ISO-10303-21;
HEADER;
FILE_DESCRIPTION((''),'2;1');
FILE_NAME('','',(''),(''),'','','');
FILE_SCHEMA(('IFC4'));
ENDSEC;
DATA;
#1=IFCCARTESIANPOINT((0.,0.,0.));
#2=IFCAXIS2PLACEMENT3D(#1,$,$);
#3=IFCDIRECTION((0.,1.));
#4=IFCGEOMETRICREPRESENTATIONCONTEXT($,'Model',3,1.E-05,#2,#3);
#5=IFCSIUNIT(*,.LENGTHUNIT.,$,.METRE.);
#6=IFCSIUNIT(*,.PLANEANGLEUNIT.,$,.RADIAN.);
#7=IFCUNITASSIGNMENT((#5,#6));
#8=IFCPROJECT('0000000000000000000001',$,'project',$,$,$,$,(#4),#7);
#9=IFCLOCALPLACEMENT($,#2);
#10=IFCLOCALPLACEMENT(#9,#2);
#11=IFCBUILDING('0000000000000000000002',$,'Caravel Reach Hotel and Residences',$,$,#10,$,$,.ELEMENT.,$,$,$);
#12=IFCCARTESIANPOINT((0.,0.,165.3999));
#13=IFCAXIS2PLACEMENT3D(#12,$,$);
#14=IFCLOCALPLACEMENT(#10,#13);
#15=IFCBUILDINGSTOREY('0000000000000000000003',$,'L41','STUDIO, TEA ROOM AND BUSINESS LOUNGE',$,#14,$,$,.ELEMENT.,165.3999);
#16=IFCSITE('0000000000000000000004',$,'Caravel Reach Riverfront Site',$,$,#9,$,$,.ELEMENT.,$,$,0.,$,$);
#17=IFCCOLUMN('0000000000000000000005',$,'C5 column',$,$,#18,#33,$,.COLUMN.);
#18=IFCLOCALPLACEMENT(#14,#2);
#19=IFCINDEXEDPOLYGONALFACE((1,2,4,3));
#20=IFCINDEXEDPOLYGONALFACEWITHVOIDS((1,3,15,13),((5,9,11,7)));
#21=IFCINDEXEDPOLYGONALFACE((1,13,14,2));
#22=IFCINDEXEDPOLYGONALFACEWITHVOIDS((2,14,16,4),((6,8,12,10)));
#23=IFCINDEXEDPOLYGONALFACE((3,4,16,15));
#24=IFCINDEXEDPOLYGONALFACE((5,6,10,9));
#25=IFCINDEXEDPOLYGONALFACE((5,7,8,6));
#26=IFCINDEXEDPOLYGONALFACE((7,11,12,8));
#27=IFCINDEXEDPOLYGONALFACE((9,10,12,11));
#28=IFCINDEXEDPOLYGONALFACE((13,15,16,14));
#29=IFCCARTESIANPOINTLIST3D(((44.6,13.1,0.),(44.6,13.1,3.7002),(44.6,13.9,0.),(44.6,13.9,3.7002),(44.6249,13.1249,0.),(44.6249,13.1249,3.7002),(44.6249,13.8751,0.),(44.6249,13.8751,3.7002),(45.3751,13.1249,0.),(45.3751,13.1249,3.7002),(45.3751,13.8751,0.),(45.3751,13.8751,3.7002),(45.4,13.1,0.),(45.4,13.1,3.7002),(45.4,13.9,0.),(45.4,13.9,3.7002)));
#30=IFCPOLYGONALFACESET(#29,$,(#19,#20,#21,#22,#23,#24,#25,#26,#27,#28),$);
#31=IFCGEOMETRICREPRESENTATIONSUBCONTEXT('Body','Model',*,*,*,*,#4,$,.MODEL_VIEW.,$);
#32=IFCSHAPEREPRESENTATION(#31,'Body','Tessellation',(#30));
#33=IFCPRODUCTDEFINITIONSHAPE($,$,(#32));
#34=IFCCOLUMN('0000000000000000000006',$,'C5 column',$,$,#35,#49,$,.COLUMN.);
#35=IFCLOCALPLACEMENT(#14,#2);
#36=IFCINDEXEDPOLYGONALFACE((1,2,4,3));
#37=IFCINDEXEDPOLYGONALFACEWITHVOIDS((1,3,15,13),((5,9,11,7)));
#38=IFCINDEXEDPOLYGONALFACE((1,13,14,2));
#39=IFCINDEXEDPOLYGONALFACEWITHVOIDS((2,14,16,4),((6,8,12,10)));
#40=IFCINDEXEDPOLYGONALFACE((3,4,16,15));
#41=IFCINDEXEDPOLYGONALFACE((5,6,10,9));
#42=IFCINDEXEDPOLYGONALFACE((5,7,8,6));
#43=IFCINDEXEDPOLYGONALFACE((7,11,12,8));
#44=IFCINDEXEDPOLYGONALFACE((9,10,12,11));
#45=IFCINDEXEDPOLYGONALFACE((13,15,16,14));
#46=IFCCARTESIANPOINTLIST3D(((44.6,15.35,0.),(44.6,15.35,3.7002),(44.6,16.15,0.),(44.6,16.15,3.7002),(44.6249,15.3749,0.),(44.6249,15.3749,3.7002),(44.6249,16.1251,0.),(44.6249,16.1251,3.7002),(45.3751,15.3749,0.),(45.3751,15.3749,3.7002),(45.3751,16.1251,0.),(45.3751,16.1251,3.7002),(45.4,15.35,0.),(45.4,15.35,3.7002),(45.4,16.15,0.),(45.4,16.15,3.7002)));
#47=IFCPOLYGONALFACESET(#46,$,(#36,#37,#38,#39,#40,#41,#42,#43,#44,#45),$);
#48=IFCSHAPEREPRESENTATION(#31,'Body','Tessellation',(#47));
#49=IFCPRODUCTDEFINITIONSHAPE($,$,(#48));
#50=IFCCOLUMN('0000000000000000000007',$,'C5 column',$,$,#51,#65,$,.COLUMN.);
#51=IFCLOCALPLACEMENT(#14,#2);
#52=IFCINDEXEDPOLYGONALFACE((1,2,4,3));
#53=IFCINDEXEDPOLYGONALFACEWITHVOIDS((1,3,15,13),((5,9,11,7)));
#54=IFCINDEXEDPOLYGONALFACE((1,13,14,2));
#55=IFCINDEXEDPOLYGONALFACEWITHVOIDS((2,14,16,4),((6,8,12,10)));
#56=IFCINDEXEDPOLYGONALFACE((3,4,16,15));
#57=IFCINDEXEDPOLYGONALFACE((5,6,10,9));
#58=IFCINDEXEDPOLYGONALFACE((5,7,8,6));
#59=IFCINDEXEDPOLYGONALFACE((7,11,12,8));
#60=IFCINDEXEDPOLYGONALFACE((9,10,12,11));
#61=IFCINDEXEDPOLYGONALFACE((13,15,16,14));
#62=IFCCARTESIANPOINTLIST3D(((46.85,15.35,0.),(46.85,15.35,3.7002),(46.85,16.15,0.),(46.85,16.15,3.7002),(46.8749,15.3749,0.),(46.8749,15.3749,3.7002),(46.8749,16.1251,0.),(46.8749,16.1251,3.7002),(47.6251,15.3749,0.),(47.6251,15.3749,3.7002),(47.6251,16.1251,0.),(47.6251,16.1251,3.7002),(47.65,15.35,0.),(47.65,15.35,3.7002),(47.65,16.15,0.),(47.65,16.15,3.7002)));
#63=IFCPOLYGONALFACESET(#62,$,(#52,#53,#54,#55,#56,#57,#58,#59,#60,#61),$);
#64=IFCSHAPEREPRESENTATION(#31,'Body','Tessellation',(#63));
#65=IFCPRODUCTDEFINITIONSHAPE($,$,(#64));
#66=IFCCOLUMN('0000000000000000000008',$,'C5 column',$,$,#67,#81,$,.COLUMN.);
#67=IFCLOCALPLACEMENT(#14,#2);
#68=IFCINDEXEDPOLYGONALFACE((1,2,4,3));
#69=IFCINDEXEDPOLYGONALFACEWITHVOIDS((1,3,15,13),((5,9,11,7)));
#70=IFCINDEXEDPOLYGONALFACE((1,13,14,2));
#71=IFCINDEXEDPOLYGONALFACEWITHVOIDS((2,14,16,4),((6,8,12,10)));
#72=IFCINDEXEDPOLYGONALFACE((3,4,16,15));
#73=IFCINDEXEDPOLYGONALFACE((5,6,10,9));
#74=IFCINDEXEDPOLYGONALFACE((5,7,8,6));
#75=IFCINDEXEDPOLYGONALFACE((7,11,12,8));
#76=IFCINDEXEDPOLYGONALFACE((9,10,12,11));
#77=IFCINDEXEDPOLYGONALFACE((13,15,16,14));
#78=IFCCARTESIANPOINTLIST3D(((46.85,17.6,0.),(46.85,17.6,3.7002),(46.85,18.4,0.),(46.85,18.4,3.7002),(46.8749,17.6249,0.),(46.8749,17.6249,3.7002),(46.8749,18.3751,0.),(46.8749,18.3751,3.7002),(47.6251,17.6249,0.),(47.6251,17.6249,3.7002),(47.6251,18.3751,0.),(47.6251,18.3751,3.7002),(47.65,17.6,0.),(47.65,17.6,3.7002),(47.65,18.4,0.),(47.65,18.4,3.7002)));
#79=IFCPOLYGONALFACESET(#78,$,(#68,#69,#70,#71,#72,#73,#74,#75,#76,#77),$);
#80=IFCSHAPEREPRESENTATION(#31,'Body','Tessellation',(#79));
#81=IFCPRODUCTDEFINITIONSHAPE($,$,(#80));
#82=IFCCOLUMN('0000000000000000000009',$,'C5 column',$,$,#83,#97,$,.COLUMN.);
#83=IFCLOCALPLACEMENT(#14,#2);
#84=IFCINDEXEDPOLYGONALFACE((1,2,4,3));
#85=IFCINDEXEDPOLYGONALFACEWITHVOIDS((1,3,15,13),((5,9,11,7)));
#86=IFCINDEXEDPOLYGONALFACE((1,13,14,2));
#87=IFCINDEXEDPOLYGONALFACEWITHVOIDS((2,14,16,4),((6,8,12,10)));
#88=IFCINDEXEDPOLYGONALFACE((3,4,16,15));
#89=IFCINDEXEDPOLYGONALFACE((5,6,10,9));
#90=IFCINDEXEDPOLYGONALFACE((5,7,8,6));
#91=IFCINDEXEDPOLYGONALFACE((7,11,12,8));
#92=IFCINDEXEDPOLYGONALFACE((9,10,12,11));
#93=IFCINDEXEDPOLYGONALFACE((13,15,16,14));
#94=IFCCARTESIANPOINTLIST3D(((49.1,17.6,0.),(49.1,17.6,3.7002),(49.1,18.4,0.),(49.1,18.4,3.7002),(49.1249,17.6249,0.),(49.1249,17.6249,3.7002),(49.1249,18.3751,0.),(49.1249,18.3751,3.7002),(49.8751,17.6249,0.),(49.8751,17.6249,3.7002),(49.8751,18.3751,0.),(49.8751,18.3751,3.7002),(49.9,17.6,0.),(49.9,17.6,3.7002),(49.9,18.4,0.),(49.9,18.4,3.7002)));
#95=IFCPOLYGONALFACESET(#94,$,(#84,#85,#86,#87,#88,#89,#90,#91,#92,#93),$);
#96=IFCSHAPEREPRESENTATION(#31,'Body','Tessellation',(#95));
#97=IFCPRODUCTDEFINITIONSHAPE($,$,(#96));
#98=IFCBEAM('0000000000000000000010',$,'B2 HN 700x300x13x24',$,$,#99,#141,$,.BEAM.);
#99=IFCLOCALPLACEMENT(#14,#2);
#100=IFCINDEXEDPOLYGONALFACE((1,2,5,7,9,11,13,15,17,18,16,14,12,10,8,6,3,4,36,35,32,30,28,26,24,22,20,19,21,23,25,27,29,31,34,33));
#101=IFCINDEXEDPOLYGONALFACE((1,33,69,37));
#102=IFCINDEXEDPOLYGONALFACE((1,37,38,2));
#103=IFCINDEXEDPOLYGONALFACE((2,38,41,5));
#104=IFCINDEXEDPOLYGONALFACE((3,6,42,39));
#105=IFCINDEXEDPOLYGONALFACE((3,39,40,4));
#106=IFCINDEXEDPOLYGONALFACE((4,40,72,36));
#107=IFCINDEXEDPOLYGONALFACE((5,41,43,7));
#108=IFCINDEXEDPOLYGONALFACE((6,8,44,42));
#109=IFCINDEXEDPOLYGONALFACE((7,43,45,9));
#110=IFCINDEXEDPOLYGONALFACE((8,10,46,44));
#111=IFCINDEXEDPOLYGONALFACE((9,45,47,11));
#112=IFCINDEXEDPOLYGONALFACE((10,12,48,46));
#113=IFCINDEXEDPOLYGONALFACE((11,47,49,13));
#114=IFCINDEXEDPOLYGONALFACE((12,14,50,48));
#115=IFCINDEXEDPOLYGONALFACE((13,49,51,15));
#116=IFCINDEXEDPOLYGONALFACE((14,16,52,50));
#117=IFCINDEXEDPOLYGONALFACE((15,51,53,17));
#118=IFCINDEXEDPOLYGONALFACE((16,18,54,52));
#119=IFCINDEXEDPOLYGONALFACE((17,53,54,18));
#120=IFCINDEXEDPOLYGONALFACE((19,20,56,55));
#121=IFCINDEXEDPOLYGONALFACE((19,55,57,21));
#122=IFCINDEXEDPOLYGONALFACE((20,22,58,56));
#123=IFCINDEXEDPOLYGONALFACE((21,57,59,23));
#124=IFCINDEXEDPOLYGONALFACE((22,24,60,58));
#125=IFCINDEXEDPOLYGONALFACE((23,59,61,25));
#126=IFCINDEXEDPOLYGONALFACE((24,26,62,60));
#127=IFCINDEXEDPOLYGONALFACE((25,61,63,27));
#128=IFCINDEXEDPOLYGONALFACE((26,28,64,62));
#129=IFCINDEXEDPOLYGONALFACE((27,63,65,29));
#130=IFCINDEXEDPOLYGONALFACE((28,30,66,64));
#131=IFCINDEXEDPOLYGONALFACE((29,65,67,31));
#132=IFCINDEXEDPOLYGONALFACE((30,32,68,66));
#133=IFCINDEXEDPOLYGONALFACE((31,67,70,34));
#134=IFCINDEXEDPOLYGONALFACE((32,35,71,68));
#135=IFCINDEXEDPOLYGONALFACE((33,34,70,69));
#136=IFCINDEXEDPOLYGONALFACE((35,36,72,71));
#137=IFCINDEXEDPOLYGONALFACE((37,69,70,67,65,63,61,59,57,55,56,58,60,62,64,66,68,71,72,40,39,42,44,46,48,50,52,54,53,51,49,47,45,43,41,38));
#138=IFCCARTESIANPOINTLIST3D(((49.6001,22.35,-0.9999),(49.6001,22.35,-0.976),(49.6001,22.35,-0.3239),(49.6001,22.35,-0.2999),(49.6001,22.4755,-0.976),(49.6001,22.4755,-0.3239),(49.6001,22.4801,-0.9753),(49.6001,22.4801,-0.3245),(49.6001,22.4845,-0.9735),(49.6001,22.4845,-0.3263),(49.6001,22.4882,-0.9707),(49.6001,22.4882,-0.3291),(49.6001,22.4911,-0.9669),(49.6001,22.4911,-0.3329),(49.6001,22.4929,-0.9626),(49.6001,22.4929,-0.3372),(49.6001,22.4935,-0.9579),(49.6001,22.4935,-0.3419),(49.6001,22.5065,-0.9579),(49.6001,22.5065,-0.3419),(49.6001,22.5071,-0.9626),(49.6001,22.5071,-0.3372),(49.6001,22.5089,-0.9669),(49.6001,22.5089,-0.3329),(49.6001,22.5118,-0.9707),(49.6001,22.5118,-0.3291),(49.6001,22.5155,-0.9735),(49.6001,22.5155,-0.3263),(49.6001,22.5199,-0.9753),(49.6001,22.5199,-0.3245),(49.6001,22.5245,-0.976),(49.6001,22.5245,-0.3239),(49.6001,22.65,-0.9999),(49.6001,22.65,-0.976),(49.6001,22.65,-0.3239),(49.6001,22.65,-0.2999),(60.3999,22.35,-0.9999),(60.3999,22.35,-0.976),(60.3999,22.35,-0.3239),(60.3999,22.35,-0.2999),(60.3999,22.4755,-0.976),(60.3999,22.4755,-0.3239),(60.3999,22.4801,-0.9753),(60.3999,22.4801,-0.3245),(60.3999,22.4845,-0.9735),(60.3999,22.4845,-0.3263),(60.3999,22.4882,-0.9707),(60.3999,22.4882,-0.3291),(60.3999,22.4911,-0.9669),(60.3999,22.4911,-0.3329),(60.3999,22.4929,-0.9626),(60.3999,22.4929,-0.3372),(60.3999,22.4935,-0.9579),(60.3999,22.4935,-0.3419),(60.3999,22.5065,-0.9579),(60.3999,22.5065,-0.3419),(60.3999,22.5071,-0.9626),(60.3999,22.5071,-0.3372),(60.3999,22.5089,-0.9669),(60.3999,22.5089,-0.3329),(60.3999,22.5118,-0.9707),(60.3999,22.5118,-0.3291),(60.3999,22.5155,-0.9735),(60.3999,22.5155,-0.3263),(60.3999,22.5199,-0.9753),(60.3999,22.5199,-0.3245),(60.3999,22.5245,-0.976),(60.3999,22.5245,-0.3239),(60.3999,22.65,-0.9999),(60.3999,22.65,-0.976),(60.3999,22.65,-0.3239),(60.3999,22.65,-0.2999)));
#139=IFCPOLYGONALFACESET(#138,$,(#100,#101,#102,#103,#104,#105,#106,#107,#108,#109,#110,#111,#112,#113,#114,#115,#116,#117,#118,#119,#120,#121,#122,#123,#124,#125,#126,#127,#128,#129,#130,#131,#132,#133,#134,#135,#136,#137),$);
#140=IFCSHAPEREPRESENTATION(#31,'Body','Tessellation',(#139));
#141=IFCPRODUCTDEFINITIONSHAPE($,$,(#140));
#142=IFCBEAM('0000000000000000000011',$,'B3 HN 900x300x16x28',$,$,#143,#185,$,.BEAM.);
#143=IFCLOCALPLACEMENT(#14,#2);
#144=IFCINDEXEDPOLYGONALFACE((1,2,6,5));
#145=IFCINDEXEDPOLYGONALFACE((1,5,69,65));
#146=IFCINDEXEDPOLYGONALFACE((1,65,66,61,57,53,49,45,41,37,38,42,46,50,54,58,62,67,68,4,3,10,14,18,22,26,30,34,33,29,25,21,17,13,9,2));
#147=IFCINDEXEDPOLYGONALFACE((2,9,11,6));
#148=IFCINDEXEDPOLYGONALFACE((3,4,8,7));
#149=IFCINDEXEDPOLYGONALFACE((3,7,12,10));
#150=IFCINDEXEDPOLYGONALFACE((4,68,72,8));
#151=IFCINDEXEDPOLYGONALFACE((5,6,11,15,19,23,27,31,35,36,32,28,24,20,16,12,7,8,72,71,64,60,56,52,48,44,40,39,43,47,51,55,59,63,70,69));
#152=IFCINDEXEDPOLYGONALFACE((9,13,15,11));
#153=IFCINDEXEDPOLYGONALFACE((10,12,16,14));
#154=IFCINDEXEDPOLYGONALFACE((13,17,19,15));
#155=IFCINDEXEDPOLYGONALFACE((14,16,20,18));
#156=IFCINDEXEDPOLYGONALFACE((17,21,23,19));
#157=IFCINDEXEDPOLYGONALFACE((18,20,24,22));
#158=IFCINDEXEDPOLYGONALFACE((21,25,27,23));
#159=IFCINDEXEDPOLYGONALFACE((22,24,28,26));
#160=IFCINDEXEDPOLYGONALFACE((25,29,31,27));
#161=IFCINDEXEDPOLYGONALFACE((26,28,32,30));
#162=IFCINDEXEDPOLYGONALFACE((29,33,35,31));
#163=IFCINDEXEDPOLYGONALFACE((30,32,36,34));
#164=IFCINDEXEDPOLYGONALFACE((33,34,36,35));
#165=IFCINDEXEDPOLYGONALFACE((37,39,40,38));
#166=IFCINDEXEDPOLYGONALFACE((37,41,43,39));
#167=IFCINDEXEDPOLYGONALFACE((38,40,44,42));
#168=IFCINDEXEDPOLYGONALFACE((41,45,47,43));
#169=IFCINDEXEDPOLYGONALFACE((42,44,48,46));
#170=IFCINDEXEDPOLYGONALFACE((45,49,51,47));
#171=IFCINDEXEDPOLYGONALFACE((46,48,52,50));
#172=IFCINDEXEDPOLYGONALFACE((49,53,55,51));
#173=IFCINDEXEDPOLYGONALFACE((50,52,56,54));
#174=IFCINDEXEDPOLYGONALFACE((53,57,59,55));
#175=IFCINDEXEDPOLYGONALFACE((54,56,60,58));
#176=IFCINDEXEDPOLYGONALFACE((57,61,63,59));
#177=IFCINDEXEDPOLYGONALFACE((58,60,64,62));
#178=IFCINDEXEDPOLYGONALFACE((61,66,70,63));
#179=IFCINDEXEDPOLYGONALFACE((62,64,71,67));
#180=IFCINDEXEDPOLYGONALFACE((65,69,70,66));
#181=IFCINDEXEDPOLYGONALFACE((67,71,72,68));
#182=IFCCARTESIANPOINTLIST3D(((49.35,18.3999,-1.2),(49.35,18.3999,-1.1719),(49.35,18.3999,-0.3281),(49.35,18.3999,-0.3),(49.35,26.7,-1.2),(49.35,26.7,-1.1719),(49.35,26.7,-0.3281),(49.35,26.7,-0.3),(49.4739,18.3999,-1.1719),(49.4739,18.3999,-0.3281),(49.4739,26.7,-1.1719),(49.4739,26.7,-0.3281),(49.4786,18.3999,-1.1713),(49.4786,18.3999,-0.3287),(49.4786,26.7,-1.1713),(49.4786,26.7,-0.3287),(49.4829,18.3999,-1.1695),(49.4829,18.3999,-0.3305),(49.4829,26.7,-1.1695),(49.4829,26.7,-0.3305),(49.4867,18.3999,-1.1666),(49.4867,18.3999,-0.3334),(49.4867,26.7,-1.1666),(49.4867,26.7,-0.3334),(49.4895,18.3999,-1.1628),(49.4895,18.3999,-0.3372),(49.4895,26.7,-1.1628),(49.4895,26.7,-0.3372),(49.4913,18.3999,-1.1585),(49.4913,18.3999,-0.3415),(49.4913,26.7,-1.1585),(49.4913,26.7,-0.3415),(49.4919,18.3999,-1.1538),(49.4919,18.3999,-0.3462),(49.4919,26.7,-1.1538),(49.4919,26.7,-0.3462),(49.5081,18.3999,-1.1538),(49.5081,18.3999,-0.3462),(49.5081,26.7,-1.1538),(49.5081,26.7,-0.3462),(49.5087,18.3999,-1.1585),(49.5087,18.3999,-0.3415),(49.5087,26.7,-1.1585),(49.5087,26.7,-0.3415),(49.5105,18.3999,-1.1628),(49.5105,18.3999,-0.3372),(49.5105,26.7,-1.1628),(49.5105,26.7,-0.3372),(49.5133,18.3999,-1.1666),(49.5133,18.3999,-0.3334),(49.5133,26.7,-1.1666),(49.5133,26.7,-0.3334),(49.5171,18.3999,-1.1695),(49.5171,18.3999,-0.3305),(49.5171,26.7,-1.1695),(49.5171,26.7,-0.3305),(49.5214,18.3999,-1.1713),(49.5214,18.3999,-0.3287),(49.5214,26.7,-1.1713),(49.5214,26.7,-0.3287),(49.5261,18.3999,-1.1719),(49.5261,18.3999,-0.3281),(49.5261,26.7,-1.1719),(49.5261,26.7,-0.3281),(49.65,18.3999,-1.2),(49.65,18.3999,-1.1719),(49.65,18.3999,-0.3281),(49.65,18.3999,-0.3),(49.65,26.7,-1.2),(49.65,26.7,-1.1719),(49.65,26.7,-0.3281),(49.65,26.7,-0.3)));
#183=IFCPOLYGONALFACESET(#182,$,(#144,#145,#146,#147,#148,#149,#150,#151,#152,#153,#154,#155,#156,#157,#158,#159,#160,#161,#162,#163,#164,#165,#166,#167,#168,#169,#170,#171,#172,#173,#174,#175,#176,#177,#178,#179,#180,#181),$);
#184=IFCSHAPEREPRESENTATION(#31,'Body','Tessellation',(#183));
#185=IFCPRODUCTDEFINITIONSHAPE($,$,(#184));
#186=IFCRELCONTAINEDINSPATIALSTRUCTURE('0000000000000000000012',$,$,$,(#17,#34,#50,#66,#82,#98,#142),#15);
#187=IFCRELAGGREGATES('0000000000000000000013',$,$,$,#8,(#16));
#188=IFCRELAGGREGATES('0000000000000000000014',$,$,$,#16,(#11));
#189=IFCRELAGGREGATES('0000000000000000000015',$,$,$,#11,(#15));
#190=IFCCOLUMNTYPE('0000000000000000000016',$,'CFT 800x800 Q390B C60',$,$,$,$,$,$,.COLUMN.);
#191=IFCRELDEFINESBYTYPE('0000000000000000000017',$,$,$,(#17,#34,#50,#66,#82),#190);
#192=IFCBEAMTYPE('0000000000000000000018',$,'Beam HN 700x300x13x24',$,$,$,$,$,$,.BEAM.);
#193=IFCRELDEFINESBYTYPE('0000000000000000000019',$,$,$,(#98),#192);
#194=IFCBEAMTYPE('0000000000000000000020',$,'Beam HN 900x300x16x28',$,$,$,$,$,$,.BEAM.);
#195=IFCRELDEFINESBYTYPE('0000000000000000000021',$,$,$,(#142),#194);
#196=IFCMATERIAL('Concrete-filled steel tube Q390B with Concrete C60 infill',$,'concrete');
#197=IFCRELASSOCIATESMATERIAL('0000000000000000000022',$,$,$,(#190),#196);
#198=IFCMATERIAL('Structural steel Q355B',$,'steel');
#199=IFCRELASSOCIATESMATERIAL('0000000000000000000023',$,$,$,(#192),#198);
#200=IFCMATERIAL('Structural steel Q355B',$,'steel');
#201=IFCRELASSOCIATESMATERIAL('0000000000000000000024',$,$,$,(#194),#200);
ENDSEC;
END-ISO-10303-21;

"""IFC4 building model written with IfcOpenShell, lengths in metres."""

from ifc_helpers import new_model, si_unit, direction, frame, origin, origin_2d, place, context, subcontext, project, spatial, hollow_rectangle, i_section, extrude, material, material_profile, profile_set, type_object, element, save


model = new_model("IFC4")

# Units and contexts
model_context = context("Model", 3, precision=1e-05, world=origin(), true_north=direction((0.0, 1.0)))
body_context = subcontext(model_context, "Body", "Model", "MODEL_VIEW")
ifc_project = project(units=[si_unit("LENGTHUNIT", "METRE"), si_unit("PLANEANGLEUNIT", "RADIAN")], contexts=[model_context])

# Site, building, storey
site_placement = place(None, origin())
site = spatial("IfcSite", under=ifc_project, at=site_placement, Name="Caravel Reach Riverfront Site", CompositionType="ELEMENT", RefElevation=0.0)
building_placement = place(site_placement, origin())
building = spatial("IfcBuilding", under=site, at=building_placement, Name="Caravel Reach Hotel and Residences", CompositionType="ELEMENT")
storey_placement = place(building_placement, frame((0.0, 0.0, 165.3999)))
storey = spatial("IfcBuildingStorey", under=building, at=storey_placement, Name="L41", Description="STUDIO, TEA ROOM AND BUSINESS LOUNGE", CompositionType="ELEMENT", Elevation=165.3999)

# Columns
ifc_material_1 = material(Name="Concrete-filled steel tube Q390B with Concrete C60 infill", Category="concrete")
ifc_material_profile_1 = material_profile(ifc_material_1, hollow_rectangle(XDim=0.8, YDim=0.8, WallThickness=0.0249, at=origin_2d()), Name="RHS 800x800x25")
ifc_profile_set_1 = profile_set([ifc_material_profile_1], Name="Concrete-filled steel tube Q390B with Concrete C60 infill")
column_type = type_object("IfcColumnType", Name="CFT 800x800 Q390B C60", PredefinedType="COLUMN", material=ifc_profile_set_1)
for number, where, z_axis, x_axis, name in (
    (1, (45.0, 13.5, 0.0), (0.0, 0.0, 1.0), (1.0, 0.0, 0.0), "C5 column"),
    (2, (45.0, 15.75, 0.0), (0.0, 0.0, 1.0), (1.0, 0.0, 0.0), "C5 column"),
    (3, (47.25, 15.75, 0.0), (0.0, 0.0, 1.0), (1.0, 0.0, 0.0), "C5 column"),
    (4, (47.25, 18.0, 0.0), (0.0, 0.0, 1.0), (1.0, 0.0, 0.0), "C5 column"),
    (5, (49.5, 18.0, 0.0), (0.0, 0.0, 1.0), (1.0, 0.0, 0.0), "C5 column"),
):
    element("IfcColumn", number, at=place(storey_placement, frame(where, z_axis=z_axis, x_axis=x_axis)), inside=storey, type_object=column_type, Name=name, PredefinedType="COLUMN", context=body_context, shape_type="SweptSolid", body=[
        extrude(hollow_rectangle(XDim=0.8, YDim=0.8, WallThickness=0.0249, at=origin_2d()), origin(), (0.0, 0.0, 1.0), 3.7002),
    ])

# Beams
ifc_material_2 = material(Name="Structural steel Q355B", Category="steel")
ifc_material_profile_2 = material_profile(ifc_material_2, i_section(OverallWidth=0.3, OverallDepth=0.7, WebThickness=0.0129, FlangeThickness=0.0239, FilletRadius=0.0181, at=origin_2d()), Name="HN 700x300x13x24")
ifc_profile_set_2 = profile_set([ifc_material_profile_2], Name="Structural steel Q355B")
beam_type_1 = type_object("IfcBeamType", Name="Beam HN 700x300x13x24", PredefinedType="BEAM", material=ifc_profile_set_2)
beam_1_placement = place(storey_placement, frame((49.6001, 22.5, -0.6499), z_axis=(1.0, 0.0, 0.0), x_axis=(0.0, 1.0, 0.0)))
element("IfcBeam", 6, at=beam_1_placement, inside=storey, type_object=beam_type_1, Name="B2 HN 700x300x13x24", PredefinedType="BEAM", context=body_context, shape_type="SweptSolid", body=[
    extrude(i_section(OverallWidth=0.3, OverallDepth=0.7, WebThickness=0.0129, FlangeThickness=0.0239, FilletRadius=0.0181, at=origin_2d()), origin(), (0.0, 0.0, 1.0), 10.7998),
])
ifc_material_3 = material(Name="Structural steel Q355B", Category="steel")
ifc_material_profile_3 = material_profile(ifc_material_3, i_section(OverallWidth=0.3, OverallDepth=0.8999, WebThickness=0.0161, FlangeThickness=0.0281, FilletRadius=0.0181, at=origin_2d()), Name="HN 900x300x16x28")
ifc_profile_set_3 = profile_set([ifc_material_profile_3], Name="Structural steel Q355B")
beam_type_2 = type_object("IfcBeamType", Name="Beam HN 900x300x16x28", PredefinedType="BEAM", material=ifc_profile_set_3)
beam_2_placement = place(storey_placement, frame((49.5, 18.3999, -0.75), z_axis=(0.0, 1.0, 0.0), x_axis=(-1.0, 0.0, 0.0)))
element("IfcBeam", 7, at=beam_2_placement, inside=storey, type_object=beam_type_2, Name="B3 HN 900x300x16x28", PredefinedType="BEAM", context=body_context, shape_type="SweptSolid", body=[
    extrude(i_section(OverallWidth=0.3, OverallDepth=0.8999, WebThickness=0.0161, FlangeThickness=0.0281, FilletRadius=0.0181, at=origin_2d()), origin(), (0.0, 0.0, 1.0), 8.3),
])

save(model, "model.ifc")
